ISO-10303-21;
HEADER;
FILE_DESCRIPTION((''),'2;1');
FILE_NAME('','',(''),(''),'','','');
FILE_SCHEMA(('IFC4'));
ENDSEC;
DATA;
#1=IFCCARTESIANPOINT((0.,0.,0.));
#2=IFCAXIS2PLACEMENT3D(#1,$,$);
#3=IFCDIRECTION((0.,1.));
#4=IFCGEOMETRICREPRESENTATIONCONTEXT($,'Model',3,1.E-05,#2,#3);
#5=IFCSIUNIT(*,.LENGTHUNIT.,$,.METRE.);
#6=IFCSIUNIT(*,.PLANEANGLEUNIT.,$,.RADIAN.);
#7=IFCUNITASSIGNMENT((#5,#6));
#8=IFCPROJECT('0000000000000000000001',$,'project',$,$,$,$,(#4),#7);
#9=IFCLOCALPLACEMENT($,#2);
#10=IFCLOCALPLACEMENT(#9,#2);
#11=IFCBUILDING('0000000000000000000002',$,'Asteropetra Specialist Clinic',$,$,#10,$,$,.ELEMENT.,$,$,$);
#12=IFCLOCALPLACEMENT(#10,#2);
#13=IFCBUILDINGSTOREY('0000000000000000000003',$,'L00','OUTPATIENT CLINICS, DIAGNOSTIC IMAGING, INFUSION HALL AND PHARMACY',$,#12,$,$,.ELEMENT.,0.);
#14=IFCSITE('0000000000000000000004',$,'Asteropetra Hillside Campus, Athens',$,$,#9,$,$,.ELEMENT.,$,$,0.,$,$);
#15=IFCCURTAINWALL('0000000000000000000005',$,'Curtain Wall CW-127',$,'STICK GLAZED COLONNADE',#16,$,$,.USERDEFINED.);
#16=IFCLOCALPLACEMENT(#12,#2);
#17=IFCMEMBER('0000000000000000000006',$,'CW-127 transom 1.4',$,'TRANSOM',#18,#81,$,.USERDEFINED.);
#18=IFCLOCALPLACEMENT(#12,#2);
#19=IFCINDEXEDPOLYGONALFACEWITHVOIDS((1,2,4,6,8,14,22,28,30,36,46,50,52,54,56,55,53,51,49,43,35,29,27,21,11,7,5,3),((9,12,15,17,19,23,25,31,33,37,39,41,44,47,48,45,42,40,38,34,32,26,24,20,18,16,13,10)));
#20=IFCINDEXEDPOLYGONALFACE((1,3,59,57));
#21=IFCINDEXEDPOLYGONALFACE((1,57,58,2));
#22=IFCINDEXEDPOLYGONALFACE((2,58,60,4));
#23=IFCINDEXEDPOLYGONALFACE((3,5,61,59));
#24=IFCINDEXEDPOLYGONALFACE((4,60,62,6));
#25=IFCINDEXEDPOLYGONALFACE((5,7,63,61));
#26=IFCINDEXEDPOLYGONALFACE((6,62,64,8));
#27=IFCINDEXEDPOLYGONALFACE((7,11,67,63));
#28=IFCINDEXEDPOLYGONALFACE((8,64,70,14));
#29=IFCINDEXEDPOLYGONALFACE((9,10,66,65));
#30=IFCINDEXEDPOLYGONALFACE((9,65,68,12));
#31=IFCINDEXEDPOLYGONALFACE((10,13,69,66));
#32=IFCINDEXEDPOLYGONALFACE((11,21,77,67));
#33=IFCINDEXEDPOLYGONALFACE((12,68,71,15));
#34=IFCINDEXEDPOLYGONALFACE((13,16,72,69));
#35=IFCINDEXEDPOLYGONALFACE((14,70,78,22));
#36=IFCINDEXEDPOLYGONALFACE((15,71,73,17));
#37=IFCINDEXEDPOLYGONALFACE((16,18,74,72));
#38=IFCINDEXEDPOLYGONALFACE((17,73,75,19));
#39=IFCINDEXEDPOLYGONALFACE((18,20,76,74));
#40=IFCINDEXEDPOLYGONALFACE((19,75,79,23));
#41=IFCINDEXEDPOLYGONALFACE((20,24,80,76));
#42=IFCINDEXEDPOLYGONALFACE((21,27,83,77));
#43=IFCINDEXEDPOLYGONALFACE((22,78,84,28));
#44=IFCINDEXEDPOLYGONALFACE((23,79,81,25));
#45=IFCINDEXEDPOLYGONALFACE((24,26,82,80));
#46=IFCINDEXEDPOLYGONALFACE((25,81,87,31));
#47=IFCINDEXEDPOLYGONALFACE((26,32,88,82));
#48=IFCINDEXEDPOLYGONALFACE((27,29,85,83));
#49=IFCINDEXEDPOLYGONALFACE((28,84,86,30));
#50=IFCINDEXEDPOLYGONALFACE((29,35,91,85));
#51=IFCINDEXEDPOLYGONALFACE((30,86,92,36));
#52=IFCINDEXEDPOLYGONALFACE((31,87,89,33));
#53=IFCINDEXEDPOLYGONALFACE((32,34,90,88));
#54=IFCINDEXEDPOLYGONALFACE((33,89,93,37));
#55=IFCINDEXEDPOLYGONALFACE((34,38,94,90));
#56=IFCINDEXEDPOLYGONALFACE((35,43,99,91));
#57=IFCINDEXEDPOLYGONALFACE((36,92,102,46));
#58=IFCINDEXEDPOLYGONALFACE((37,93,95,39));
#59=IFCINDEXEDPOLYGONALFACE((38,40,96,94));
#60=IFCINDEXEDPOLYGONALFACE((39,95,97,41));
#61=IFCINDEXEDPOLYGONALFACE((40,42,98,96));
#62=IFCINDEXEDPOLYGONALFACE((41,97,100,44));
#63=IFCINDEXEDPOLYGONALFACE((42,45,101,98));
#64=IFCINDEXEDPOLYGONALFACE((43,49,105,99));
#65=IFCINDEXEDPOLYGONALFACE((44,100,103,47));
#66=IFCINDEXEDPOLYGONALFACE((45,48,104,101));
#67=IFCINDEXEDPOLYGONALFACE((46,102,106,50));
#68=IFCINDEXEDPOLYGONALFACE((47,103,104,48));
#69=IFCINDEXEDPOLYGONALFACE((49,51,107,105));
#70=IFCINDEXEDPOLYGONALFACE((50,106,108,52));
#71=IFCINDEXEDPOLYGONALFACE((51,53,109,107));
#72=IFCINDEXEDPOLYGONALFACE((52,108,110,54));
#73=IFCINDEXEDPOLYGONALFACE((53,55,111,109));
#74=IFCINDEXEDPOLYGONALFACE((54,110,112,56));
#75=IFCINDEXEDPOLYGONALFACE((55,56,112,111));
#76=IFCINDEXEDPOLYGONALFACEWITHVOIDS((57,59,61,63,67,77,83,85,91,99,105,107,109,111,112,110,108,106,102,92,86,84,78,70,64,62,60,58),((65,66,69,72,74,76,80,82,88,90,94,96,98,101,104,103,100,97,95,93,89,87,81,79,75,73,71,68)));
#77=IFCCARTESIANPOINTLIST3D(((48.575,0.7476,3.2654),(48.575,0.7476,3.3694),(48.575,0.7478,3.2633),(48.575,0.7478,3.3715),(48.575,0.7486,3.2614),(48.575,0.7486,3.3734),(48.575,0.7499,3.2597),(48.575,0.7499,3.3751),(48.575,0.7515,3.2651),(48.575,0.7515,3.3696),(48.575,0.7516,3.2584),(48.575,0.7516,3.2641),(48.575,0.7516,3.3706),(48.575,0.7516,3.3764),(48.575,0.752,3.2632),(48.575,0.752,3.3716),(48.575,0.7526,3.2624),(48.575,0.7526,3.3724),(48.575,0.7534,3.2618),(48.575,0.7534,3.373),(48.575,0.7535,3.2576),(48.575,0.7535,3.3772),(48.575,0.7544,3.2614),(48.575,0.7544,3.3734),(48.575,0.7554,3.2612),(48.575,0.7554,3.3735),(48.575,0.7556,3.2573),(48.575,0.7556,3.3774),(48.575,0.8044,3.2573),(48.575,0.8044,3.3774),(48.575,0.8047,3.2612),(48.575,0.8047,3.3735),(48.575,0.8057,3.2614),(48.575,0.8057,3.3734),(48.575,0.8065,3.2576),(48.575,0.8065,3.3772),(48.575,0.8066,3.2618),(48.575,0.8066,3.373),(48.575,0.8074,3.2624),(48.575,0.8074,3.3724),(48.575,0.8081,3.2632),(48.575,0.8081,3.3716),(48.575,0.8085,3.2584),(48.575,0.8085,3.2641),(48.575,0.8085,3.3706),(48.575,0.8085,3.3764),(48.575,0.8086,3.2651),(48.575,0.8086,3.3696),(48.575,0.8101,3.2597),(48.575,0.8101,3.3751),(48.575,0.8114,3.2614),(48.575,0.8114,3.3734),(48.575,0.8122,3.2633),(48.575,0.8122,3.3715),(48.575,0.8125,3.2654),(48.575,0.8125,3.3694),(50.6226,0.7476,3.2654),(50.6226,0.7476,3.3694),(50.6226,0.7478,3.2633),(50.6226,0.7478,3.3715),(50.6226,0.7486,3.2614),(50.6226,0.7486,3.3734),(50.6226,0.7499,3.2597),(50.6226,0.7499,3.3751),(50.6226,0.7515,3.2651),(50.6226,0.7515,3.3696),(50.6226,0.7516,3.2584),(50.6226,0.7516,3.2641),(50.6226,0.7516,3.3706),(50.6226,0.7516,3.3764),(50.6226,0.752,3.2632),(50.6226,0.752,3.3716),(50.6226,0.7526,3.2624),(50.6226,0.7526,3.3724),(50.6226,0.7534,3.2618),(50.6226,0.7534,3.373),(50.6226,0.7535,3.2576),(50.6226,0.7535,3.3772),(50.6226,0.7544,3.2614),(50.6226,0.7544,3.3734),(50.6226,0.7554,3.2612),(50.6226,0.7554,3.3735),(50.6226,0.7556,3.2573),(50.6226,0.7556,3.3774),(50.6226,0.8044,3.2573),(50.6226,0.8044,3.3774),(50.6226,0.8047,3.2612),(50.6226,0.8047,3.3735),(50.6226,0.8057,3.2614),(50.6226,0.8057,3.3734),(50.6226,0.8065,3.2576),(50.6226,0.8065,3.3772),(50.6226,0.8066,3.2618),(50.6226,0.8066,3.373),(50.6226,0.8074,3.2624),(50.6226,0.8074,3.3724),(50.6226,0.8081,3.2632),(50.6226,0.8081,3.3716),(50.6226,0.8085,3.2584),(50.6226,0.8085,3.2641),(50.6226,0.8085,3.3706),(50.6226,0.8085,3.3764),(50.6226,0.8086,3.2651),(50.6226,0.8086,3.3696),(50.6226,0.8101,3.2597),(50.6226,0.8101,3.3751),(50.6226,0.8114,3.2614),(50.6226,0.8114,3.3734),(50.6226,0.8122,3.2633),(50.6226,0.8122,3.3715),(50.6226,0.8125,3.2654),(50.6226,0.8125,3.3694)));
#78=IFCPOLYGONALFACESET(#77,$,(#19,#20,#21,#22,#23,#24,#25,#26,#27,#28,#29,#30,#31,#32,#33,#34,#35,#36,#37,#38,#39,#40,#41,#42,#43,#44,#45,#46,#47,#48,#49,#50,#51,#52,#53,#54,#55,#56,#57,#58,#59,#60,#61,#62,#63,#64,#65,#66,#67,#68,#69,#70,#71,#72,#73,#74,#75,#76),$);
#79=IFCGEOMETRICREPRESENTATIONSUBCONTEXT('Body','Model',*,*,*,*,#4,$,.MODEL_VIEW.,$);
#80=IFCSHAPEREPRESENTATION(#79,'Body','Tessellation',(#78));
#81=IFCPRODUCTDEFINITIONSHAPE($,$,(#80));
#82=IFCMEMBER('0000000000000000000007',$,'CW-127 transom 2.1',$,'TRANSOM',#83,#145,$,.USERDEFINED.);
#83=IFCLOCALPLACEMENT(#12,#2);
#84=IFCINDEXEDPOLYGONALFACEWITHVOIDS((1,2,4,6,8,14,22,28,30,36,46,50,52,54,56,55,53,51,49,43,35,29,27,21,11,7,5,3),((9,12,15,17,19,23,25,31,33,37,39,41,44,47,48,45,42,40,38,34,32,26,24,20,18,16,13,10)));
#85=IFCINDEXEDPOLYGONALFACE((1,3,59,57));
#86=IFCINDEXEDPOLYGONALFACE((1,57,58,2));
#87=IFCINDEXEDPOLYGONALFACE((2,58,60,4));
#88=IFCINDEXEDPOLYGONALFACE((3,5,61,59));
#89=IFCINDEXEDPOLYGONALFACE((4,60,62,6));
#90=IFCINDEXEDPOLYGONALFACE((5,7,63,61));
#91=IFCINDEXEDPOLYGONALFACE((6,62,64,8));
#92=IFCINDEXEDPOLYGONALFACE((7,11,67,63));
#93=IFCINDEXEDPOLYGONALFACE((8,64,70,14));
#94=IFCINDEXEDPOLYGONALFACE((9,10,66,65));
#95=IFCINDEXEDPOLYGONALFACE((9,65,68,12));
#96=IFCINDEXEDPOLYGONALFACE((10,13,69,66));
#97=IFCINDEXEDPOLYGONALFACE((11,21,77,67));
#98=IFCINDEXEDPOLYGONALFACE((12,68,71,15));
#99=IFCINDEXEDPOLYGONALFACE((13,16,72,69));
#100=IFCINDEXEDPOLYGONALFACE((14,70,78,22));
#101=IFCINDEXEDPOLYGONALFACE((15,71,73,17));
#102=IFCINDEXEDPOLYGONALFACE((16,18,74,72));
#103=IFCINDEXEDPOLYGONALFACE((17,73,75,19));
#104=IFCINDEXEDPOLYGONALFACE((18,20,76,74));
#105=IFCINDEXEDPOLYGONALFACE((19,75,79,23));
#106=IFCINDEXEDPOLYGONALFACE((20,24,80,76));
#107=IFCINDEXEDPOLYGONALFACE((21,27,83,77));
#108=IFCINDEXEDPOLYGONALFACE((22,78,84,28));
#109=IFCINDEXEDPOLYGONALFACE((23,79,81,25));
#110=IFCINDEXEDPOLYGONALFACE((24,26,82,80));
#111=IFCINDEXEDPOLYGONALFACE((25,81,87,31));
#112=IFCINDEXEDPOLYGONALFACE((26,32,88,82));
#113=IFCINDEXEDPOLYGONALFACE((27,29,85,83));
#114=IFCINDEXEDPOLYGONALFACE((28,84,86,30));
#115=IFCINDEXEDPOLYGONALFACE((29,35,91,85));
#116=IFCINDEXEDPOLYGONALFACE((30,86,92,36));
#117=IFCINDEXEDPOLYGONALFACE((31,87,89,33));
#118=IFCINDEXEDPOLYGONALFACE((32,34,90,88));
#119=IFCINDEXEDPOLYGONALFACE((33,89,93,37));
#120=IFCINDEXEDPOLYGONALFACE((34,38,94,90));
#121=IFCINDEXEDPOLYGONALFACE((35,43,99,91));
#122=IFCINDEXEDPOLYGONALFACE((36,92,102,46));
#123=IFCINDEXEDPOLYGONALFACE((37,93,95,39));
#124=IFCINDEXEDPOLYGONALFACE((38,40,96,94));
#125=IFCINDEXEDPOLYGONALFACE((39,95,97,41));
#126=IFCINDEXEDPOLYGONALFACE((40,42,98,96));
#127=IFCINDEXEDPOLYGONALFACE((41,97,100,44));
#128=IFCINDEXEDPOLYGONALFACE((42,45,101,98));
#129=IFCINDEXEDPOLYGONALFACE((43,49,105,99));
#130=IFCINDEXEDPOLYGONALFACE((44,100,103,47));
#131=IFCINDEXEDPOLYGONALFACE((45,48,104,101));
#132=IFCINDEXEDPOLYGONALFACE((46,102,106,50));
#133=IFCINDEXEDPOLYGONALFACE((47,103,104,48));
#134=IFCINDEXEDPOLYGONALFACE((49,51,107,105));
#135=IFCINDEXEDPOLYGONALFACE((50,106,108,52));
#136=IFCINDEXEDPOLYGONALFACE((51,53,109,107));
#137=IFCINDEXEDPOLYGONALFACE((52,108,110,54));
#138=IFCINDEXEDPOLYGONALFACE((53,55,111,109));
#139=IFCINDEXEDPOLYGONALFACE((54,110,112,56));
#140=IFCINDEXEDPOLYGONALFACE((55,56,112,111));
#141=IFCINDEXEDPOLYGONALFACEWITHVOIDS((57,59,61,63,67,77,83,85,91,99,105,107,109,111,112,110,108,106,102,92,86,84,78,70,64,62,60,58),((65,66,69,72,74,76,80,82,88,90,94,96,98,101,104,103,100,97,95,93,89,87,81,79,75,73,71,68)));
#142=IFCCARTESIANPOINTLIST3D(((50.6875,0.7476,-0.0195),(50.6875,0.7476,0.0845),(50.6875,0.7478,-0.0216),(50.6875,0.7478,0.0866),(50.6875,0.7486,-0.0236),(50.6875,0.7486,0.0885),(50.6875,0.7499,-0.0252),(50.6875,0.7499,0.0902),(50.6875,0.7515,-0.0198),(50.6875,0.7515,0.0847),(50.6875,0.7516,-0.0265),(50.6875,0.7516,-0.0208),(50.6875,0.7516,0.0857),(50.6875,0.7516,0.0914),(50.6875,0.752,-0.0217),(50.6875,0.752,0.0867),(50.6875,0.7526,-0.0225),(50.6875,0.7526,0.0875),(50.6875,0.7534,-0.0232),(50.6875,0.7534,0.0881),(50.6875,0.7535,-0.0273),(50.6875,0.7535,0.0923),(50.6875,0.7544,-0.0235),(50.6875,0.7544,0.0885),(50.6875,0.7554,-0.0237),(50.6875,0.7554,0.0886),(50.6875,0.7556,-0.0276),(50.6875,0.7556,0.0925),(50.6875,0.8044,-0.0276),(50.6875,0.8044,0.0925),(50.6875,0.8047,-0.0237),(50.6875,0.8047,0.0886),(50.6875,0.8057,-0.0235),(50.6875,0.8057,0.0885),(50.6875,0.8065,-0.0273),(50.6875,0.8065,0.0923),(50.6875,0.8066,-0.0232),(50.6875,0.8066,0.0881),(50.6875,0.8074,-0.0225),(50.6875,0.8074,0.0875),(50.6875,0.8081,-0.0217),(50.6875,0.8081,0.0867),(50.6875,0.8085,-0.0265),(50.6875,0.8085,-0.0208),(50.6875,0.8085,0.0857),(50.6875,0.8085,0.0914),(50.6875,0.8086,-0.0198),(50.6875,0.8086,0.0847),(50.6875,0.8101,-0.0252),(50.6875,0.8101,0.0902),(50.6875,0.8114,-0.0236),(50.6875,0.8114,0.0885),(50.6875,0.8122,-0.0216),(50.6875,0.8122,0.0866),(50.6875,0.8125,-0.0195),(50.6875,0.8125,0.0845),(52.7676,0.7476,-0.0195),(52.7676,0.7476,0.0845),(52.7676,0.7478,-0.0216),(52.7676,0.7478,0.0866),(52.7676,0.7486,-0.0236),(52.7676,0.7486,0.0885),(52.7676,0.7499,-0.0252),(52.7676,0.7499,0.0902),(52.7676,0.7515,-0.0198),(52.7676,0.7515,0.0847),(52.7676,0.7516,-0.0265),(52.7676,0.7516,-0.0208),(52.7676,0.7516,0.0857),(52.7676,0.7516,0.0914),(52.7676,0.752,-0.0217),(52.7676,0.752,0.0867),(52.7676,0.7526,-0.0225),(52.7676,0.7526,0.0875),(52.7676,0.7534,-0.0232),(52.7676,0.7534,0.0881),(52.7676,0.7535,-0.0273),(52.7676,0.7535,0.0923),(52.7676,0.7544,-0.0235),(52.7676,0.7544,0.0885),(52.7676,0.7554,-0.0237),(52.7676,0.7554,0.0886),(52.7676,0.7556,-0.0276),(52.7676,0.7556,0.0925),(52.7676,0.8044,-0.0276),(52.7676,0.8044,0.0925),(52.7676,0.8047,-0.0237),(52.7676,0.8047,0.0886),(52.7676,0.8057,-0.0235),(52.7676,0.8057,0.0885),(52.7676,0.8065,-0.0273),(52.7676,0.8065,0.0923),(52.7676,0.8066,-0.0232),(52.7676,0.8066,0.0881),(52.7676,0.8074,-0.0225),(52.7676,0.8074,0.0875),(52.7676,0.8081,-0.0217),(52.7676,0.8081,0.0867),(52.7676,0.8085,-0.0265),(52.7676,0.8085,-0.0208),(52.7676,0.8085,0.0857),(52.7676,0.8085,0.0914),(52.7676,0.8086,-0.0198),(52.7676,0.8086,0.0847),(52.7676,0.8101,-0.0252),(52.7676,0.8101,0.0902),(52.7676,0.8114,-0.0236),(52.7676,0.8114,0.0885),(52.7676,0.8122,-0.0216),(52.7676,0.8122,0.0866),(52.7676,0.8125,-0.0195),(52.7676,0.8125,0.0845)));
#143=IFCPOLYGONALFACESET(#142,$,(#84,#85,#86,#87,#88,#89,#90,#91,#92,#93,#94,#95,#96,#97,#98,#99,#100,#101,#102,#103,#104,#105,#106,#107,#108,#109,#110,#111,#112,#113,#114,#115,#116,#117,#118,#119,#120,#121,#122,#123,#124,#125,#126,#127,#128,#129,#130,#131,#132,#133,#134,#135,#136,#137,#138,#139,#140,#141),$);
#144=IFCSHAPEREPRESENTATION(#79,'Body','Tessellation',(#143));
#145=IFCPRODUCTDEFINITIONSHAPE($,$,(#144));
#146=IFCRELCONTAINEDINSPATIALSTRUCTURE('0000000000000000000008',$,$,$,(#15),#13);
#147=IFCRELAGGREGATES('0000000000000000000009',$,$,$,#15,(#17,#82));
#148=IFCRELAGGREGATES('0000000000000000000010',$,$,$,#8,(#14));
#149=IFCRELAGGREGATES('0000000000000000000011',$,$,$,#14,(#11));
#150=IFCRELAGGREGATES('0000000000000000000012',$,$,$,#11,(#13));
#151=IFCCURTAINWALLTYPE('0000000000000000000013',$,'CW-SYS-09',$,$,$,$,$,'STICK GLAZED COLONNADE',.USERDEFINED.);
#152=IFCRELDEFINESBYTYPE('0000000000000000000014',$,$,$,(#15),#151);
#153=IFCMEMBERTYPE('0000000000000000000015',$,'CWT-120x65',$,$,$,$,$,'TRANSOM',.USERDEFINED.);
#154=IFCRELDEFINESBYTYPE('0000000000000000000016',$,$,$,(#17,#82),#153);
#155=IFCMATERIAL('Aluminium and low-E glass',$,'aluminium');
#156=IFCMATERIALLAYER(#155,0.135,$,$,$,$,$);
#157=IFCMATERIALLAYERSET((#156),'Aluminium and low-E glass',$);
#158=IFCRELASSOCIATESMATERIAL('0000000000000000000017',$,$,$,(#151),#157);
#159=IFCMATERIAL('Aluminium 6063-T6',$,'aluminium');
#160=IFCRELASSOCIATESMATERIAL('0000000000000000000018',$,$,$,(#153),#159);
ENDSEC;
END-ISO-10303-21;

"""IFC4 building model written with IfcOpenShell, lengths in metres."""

from ifc_helpers import new_model, si_unit, direction, frame, origin, origin_2d, place, context, subcontext, project, spatial, hollow_rectangle, extrude, material, layer, layer_set, material_profile, profile_set, type_object, element, aggregate, save


model = new_model("IFC4")

# Units and contexts
model_context = context("Model", 3, precision=1e-05, world=origin(), true_north=direction((0.0, 1.0)))
body_context = subcontext(model_context, "Body", "Model", "MODEL_VIEW")
ifc_project = project(units=[si_unit("LENGTHUNIT", "METRE"), si_unit("PLANEANGLEUNIT", "RADIAN")], contexts=[model_context])

# Site, building, storey
site_placement = place(None, origin())
site = spatial("IfcSite", under=ifc_project, at=site_placement, Name="Asteropetra Hillside Campus, Athens", CompositionType="ELEMENT", RefElevation=0.0)
building_placement = place(site_placement, origin())
building = spatial("IfcBuilding", under=site, at=building_placement, Name="Asteropetra Specialist Clinic", CompositionType="ELEMENT")
storey_placement = place(building_placement, origin())
storey = spatial("IfcBuildingStorey", under=building, at=storey_placement, Name="L00", Description="OUTPATIENT CLINICS, DIAGNOSTIC IMAGING, INFUSION HALL AND PHARMACY", CompositionType="ELEMENT", Elevation=0.0)

# Curtain wall, members
ifc_material_1 = material(Name="Aluminium and low-E glass", Category="aluminium")
ifc_layer_1 = layer(ifc_material_1, 0.135)
ifc_layer_set_1 = layer_set([ifc_layer_1], Name="Aluminium and low-E glass")
curtain_wall_type_1 = type_object("IfcCurtainWallType", Name="CW-SYS-09", ElementType="STICK GLAZED COLONNADE", PredefinedType="USERDEFINED", material=ifc_layer_set_1)
curtain_wall_1_placement = place(storey_placement, origin())
curtain_wall_1 = element("IfcCurtainWall", 1, at=curtain_wall_1_placement, inside=storey, type_object=curtain_wall_type_1, Name="Curtain Wall CW-127", ObjectType="STICK GLAZED COLONNADE", PredefinedType="USERDEFINED")
ifc_material_2 = material(Name="Aluminium 6063-T6", Category="aluminium")
ifc_material_profile_1 = material_profile(ifc_material_2, hollow_rectangle(XDim=0.0649, YDim=0.1201, WallThickness=0.0039, InnerFilletRadius=0.0039, OuterFilletRadius=0.0081, at=origin_2d()), Name="TRN 120x65x4.0")
ifc_profile_set_1 = profile_set([ifc_material_profile_1], Name="Aluminium 6063-T6")
member_type_1 = type_object("IfcMemberType", Name="CWT-120x65", ElementType="TRANSOM", PredefinedType="USERDEFINED", material=ifc_profile_set_1)
member_1_placement = place(storey_placement, frame((48.575, 0.78, 3.3174), z_axis=(1.0, 0.0, 0.0), x_axis=(0.0, 1.0, 0.0)))
member_1 = element("IfcMember", 2, at=member_1_placement, type_object=member_type_1, Name="CW-127 transom 1.4", ObjectType="TRANSOM", PredefinedType="USERDEFINED", context=body_context, shape_type="SweptSolid", body=[
    extrude(hollow_rectangle(XDim=0.0649, YDim=0.1201, WallThickness=0.0039, InnerFilletRadius=0.0039, OuterFilletRadius=0.0081, at=origin_2d()), origin(), (0.0, 0.0, 1.0), 2.0476),
])
member_2_placement = place(storey_placement, frame((50.6875, 0.78, 0.0325), z_axis=(1.0, 0.0, 0.0), x_axis=(0.0, 1.0, 0.0)))
member_2 = element("IfcMember", 3, at=member_2_placement, type_object=member_type_1, Name="CW-127 transom 2.1", ObjectType="TRANSOM", PredefinedType="USERDEFINED", context=body_context, shape_type="SweptSolid", body=[
    extrude(hollow_rectangle(XDim=0.0649, YDim=0.1201, WallThickness=0.0039, InnerFilletRadius=0.0039, OuterFilletRadius=0.0081, at=origin_2d()), origin(), (0.0, 0.0, 1.0), 2.0801),
])

aggregate(curtain_wall_1, [member_1, member_2])

save(model, "model.ifc")
